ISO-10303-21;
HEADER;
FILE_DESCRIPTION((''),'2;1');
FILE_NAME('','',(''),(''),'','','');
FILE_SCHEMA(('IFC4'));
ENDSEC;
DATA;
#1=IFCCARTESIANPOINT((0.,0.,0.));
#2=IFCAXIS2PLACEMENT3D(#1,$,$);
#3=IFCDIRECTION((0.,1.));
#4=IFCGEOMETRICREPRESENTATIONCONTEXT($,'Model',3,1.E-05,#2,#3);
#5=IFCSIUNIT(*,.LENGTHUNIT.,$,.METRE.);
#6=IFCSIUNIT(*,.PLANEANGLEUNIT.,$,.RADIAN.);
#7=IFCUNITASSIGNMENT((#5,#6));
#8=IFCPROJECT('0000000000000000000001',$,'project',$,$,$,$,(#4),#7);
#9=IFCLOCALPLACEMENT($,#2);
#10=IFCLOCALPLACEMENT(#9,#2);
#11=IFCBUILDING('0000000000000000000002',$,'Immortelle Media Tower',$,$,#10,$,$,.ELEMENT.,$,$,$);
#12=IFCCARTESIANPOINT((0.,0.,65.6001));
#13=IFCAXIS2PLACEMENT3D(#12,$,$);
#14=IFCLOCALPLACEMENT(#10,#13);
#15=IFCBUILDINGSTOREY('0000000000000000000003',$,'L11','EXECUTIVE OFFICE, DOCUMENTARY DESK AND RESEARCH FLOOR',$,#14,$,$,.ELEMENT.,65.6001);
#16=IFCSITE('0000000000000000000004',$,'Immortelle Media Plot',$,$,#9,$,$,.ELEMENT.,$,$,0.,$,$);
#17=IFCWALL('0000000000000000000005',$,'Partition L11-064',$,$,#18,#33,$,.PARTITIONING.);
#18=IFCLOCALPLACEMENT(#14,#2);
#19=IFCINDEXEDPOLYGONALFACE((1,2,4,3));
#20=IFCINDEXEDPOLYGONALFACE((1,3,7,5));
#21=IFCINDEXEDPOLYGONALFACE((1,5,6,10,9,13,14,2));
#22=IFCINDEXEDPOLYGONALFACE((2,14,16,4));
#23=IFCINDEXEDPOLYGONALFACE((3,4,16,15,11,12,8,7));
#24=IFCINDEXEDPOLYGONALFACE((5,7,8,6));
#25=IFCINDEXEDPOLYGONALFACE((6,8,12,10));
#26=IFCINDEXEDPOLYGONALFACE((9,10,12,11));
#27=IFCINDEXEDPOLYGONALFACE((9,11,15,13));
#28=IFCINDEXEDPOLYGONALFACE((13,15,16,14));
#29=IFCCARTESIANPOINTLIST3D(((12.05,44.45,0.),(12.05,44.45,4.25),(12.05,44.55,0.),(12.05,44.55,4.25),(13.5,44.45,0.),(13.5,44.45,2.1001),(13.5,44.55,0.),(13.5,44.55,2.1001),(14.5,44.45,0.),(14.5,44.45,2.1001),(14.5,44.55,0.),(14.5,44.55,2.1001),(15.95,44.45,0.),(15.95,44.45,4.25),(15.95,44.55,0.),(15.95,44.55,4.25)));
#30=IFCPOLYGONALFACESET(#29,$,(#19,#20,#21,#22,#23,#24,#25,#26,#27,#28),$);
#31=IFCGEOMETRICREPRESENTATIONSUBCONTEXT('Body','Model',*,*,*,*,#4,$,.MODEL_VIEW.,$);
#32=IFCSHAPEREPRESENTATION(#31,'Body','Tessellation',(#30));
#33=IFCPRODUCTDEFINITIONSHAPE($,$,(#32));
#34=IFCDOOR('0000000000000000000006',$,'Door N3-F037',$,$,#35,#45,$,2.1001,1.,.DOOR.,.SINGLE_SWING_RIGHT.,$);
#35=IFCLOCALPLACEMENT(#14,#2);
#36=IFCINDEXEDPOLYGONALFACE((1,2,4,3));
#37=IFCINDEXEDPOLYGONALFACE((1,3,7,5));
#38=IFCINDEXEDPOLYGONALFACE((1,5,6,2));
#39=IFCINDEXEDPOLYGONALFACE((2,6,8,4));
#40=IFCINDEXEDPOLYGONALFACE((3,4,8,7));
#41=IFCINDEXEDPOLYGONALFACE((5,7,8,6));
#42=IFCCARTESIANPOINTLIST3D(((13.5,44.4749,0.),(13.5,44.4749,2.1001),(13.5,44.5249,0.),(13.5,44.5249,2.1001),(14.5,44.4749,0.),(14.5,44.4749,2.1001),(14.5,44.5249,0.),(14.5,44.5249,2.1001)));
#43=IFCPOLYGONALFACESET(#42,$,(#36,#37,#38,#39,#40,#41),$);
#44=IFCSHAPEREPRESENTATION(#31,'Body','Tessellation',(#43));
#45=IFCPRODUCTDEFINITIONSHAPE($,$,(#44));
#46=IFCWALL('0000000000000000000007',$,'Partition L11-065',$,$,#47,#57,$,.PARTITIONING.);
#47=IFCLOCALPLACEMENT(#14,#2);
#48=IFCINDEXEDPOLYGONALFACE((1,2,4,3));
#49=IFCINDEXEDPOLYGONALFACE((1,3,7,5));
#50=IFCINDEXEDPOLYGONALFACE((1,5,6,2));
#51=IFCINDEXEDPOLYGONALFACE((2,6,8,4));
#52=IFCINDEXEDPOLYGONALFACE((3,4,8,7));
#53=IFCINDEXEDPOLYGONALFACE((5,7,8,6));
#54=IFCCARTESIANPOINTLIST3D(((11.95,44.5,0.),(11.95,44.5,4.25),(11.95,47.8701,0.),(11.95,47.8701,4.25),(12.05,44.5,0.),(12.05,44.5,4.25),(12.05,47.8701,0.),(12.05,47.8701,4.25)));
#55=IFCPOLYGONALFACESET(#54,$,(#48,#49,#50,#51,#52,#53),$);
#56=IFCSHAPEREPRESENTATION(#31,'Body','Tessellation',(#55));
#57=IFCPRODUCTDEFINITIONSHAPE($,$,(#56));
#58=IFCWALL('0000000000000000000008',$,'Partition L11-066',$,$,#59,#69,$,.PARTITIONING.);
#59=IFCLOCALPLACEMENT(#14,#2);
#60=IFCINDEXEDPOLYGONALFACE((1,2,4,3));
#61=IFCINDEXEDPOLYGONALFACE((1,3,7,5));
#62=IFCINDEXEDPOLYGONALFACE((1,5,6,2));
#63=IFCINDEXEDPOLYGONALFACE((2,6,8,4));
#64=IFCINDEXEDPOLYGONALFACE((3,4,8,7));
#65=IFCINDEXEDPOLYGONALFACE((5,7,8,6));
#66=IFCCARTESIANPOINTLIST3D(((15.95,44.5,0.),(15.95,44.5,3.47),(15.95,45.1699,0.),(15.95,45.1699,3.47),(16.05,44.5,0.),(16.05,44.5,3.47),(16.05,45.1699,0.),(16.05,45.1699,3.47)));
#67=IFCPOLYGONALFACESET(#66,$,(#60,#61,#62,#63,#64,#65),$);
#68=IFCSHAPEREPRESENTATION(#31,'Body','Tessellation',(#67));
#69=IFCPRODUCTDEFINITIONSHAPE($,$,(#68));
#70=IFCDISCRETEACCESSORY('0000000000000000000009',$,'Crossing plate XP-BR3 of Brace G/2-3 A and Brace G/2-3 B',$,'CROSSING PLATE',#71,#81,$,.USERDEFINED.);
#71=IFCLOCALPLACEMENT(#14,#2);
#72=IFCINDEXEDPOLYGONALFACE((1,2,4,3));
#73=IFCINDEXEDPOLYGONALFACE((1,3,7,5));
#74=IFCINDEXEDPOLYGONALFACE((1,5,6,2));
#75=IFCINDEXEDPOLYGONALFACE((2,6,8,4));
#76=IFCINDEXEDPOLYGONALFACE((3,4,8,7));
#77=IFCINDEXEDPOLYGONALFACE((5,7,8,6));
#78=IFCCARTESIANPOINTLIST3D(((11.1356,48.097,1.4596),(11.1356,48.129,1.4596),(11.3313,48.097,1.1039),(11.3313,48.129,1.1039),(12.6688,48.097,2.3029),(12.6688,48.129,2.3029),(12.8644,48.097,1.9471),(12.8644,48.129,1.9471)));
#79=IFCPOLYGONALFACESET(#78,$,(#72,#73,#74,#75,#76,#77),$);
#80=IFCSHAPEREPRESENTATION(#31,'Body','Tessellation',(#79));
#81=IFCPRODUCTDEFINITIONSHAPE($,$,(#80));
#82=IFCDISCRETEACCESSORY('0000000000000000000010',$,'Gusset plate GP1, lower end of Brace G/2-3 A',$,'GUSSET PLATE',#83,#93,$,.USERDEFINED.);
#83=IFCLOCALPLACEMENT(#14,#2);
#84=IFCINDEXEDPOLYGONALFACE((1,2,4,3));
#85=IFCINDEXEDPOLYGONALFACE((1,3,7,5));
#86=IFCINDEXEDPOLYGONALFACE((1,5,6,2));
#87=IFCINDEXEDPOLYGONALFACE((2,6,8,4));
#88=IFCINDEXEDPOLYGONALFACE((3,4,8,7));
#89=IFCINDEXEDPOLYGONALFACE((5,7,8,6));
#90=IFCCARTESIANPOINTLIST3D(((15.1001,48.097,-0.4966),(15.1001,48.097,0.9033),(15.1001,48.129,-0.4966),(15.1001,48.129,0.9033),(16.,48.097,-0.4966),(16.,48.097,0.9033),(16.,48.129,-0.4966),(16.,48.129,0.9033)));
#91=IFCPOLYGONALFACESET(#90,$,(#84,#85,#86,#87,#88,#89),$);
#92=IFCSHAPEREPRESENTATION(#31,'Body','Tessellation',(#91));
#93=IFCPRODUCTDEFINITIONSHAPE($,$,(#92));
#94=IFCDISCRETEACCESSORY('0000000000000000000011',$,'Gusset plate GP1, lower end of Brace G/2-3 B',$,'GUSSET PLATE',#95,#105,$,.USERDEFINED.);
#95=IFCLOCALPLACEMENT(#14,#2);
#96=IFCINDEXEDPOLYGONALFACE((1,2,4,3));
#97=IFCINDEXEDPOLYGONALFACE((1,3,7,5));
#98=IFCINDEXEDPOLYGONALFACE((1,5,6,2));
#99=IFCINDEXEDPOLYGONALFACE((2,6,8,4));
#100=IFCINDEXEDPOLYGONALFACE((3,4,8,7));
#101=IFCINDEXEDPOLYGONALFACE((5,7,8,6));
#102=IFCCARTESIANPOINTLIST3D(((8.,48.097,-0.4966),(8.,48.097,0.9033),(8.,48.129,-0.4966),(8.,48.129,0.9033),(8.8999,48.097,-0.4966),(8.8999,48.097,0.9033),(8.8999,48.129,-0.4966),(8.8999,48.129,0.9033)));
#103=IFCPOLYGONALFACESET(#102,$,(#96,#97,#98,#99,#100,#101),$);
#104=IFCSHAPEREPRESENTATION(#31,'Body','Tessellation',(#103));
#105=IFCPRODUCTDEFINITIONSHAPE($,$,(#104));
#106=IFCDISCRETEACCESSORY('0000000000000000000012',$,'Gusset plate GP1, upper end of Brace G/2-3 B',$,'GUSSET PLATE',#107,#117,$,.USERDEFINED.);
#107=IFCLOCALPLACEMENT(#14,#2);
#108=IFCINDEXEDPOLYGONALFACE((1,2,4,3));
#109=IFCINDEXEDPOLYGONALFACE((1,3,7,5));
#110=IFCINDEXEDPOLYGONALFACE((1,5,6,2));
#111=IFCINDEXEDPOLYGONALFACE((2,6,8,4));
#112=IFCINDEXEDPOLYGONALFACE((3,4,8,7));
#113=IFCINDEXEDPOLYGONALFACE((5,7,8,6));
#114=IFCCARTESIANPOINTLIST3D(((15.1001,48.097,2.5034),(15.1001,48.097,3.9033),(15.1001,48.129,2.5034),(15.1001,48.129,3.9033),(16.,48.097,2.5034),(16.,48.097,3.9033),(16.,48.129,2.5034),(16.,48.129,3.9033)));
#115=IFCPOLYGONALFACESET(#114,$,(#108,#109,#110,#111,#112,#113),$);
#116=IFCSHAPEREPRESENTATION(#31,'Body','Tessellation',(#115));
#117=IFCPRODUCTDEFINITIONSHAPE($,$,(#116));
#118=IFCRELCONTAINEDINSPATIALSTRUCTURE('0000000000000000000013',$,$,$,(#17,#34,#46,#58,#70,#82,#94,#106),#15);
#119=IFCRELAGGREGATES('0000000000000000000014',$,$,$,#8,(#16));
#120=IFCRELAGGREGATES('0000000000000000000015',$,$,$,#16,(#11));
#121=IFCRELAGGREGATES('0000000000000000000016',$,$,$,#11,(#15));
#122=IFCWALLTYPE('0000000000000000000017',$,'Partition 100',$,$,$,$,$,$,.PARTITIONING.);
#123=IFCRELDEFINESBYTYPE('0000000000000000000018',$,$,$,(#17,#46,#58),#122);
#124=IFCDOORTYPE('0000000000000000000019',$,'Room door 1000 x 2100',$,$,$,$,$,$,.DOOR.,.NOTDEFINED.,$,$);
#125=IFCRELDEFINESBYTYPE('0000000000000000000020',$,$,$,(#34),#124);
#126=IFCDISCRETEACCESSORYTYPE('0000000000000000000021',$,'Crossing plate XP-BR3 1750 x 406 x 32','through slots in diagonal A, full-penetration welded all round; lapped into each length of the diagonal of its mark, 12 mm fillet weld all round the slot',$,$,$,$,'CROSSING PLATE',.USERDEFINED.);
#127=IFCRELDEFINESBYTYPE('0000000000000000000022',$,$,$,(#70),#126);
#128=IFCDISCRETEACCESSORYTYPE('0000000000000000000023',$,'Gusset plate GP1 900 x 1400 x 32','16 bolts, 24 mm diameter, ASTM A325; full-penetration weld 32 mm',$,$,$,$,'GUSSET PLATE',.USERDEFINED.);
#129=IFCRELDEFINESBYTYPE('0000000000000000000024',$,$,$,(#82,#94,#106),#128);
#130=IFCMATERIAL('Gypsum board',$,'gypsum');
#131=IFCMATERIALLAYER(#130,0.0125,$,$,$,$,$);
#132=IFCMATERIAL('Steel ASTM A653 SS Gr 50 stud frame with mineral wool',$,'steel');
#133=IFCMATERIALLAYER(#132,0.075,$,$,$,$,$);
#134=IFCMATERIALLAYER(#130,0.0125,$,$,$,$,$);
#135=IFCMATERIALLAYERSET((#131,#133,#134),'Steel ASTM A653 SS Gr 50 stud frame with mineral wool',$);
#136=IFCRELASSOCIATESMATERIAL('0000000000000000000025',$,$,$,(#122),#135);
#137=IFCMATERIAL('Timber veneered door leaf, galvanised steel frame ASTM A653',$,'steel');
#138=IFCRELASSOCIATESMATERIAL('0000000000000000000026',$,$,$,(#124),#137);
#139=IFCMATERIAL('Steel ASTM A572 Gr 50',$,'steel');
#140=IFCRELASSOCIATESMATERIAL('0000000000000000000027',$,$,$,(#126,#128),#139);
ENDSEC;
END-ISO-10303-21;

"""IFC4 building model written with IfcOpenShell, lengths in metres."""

from ifc_helpers import new_model, si_unit, direction, frame, frame_2d, origin, origin_2d, place, context, subcontext, project, spatial, rectangle, extrude, material, layer, layer_set, material_profile, profile_set, type_object, element, fill, save


model = new_model("IFC4")

# Units and contexts
model_context = context("Model", 3, precision=1e-05, world=origin(), true_north=direction((0.0, 1.0)))
body_context = subcontext(model_context, "Body", "Model", "MODEL_VIEW")
ifc_project = project(units=[si_unit("LENGTHUNIT", "METRE"), si_unit("PLANEANGLEUNIT", "RADIAN")], contexts=[model_context])

# Site, building, storey
site_placement = place(None, origin())
site = spatial("IfcSite", under=ifc_project, at=site_placement, Name="Immortelle Media Plot", CompositionType="ELEMENT", RefElevation=0.0)
building_placement = place(site_placement, origin())
building = spatial("IfcBuilding", under=site, at=building_placement, Name="Immortelle Media Tower", CompositionType="ELEMENT")
storey_placement = place(building_placement, frame((0.0, 0.0, 65.6001)))
storey = spatial("IfcBuildingStorey", under=building, at=storey_placement, Name="L11", Description="EXECUTIVE OFFICE, DOCUMENTARY DESK AND RESEARCH FLOOR", CompositionType="ELEMENT", Elevation=65.6001)

# Shared definitions
ifc_material_1 = material(Name="Steel ASTM A653 SS Gr 50 stud frame with mineral wool", Category="steel")
ifc_material_2 = material(Name="Gypsum board", Category="gypsum")
ifc_layer_1 = layer(ifc_material_2, 0.0125)
ifc_layer_2 = layer(ifc_material_1, 0.075)
ifc_layer_3 = layer(ifc_material_2, 0.0125)
ifc_layer_set_1 = layer_set([ifc_layer_1, ifc_layer_2, ifc_layer_3], Name="Steel ASTM A653 SS Gr 50 stud frame with mineral wool")
wall_type_1 = type_object("IfcWallType", Name="Partition 100", PredefinedType="PARTITIONING", material=ifc_layer_set_1)

# Wall, opening, door
wall_1_placement = place(storey_placement, frame((12.05, 44.5, 0.0), z_axis=(0.0, 0.0, 1.0), x_axis=(1.0, 0.0, 0.0)))
wall_1 = element("IfcWall", 1, at=wall_1_placement, inside=storey, type_object=wall_type_1, Name="Partition L11-064", PredefinedType="PARTITIONING", context=body_context, shape_type="SweptSolid", body=[
    extrude(rectangle(XDim=3.8999, YDim=0.1001, at=frame_2d((1.95, 0.0))), origin(), (0.0, 0.0, 1.0), 4.25),
])
opening_placement = place(wall_1_placement, frame((1.45, 0.0, 0.0)))
opening = element("IfcOpeningElement", 2, at=opening_placement, cuts=wall_1, PredefinedType="OPENING", context=body_context, shape_type="SweptSolid", body=[
    extrude(rectangle(XDim=1.0, YDim=2.1001, at=frame_2d((0.5, 1.05))), frame((0.0, 0.0601, 0.0), z_axis=(0.0, -1.0, 0.0), x_axis=(1.0, 0.0, 0.0)), (0.0, 0.0, 1.0), 0.1201),
])
ifc_material_3 = material(Name="Timber veneered door leaf, galvanised steel frame ASTM A653", Category="steel")
door_type = type_object("IfcDoorType", Name="Room door 1000 x 2100", OperationType="NOTDEFINED", PredefinedType="DOOR", material=ifc_material_3)
door_placement = place(opening_placement, origin())
door = element("IfcDoor", 3, at=door_placement, inside=storey, type_object=door_type, Name="Door N3-F037", OperationType="SINGLE_SWING_RIGHT", OverallHeight=2.1001, OverallWidth=1.0, PredefinedType="DOOR", context=body_context, shape_type="SweptSolid", body=[
    extrude(rectangle(XDim=1.0, YDim=2.1001, at=frame_2d((0.5, 1.05))), frame((0.0, 0.0249, 0.0), z_axis=(0.0, -1.0, 0.0), x_axis=(1.0, 0.0, 0.0)), (0.0, 0.0, 1.0), 0.05),
])
fill(opening, door)

# Walls
wall_2_placement = place(storey_placement, frame((12.0, 44.5, 0.0), z_axis=(0.0, 0.0, 1.0), x_axis=(0.0, 1.0, 0.0)))
element("IfcWall", 4, at=wall_2_placement, inside=storey, type_object=wall_type_1, Name="Partition L11-065", PredefinedType="PARTITIONING", context=body_context, shape_type="SweptSolid", body=[
    extrude(rectangle(XDim=3.3701, YDim=0.1001, at=frame_2d((1.6851, 0.0))), origin(), (0.0, 0.0, 1.0), 4.25),
])
wall_3_placement = place(storey_placement, frame((16.0, 44.5, 0.0), z_axis=(0.0, 0.0, 1.0), x_axis=(0.0, 1.0, 0.0)))
element("IfcWall", 5, at=wall_3_placement, inside=storey, type_object=wall_type_1, Name="Partition L11-066", PredefinedType="PARTITIONING", context=body_context, shape_type="SweptSolid", body=[
    extrude(rectangle(XDim=0.6699, YDim=0.1001, at=frame_2d((0.335, 0.0))), origin(), (0.0, 0.0, 1.0), 3.47),
])

# Discrete accessories
ifc_material_4 = material(Name="Steel ASTM A572 Gr 50", Category="steel")
ifc_material_profile_1 = material_profile(ifc_material_4, rectangle(XDim=0.032, YDim=0.406, at=origin_2d()), Name="PL 32 x 406")
ifc_profile_set_1 = profile_set([ifc_material_profile_1], Name="Steel ASTM A572 Gr 50")
discrete_accessory_type_1 = type_object("IfcDiscreteAccessoryType", Name="Crossing plate XP-BR3 1750 x 406 x 32", Description="through slots in diagonal A, full-penetration welded all round; lapped into each length of the diagonal of its mark, 12 mm fillet weld all round the slot", ElementType="CROSSING PLATE", PredefinedType="USERDEFINED", material=ifc_profile_set_1)
discrete_accessory_placement = place(storey_placement, frame((12.7666, 48.113, 2.125), z_axis=(-0.876216, 0.0, -0.481919), x_axis=(0.0, -1.0, 0.0)))
element("IfcDiscreteAccessory", 6, at=discrete_accessory_placement, inside=storey, type_object=discrete_accessory_type_1, Name="Crossing plate XP-BR3 of Brace G/2-3 A and Brace G/2-3 B", ObjectType="CROSSING PLATE", PredefinedType="USERDEFINED", context=body_context, shape_type="SweptSolid", body=[
    extrude(rectangle(XDim=0.032, YDim=0.406, at=origin_2d()), origin(), (0.0, 0.0, 1.0), 1.7498),
])
ifc_material_profile_2 = material_profile(ifc_material_4, rectangle(XDim=0.032, YDim=1.3999, at=origin_2d()), Name="PL 32 x 1400")
ifc_profile_set_2 = profile_set([ifc_material_profile_2], Name="Steel ASTM A572 Gr 50")
discrete_accessory_type_2 = type_object("IfcDiscreteAccessoryType", Name="Gusset plate GP1 900 x 1400 x 32", Description="16 bolts, 24 mm diameter, ASTM A325; full-penetration weld 32 mm", ElementType="GUSSET PLATE", PredefinedType="USERDEFINED", material=ifc_profile_set_2)
for number, where, z_axis, x_axis, name in (
    (7, (16.0, 48.113, 0.2034), (-1.0, 0.0, 0.0), (0.0, -1.0, 0.0), "Gusset plate GP1, lower end of Brace G/2-3 A"),
    (8, (8.0, 48.113, 0.2034), (1.0, 0.0, 0.0), (0.0, 1.0, 0.0), "Gusset plate GP1, lower end of Brace G/2-3 B"),
    (9, (16.0, 48.113, 3.2034), (-1.0, 0.0, 0.0), (0.0, -1.0, 0.0), "Gusset plate GP1, upper end of Brace G/2-3 B"),
):
    element("IfcDiscreteAccessory", number, at=place(storey_placement, frame(where, z_axis=z_axis, x_axis=x_axis)), inside=storey, type_object=discrete_accessory_type_2, Name=name, ObjectType="GUSSET PLATE", PredefinedType="USERDEFINED", context=body_context, shape_type="SweptSolid", body=[
        extrude(rectangle(XDim=0.032, YDim=1.3999, at=origin_2d()), origin(), (0.0, 0.0, 1.0), 0.8999),
    ])

save(model, "model.ifc")
